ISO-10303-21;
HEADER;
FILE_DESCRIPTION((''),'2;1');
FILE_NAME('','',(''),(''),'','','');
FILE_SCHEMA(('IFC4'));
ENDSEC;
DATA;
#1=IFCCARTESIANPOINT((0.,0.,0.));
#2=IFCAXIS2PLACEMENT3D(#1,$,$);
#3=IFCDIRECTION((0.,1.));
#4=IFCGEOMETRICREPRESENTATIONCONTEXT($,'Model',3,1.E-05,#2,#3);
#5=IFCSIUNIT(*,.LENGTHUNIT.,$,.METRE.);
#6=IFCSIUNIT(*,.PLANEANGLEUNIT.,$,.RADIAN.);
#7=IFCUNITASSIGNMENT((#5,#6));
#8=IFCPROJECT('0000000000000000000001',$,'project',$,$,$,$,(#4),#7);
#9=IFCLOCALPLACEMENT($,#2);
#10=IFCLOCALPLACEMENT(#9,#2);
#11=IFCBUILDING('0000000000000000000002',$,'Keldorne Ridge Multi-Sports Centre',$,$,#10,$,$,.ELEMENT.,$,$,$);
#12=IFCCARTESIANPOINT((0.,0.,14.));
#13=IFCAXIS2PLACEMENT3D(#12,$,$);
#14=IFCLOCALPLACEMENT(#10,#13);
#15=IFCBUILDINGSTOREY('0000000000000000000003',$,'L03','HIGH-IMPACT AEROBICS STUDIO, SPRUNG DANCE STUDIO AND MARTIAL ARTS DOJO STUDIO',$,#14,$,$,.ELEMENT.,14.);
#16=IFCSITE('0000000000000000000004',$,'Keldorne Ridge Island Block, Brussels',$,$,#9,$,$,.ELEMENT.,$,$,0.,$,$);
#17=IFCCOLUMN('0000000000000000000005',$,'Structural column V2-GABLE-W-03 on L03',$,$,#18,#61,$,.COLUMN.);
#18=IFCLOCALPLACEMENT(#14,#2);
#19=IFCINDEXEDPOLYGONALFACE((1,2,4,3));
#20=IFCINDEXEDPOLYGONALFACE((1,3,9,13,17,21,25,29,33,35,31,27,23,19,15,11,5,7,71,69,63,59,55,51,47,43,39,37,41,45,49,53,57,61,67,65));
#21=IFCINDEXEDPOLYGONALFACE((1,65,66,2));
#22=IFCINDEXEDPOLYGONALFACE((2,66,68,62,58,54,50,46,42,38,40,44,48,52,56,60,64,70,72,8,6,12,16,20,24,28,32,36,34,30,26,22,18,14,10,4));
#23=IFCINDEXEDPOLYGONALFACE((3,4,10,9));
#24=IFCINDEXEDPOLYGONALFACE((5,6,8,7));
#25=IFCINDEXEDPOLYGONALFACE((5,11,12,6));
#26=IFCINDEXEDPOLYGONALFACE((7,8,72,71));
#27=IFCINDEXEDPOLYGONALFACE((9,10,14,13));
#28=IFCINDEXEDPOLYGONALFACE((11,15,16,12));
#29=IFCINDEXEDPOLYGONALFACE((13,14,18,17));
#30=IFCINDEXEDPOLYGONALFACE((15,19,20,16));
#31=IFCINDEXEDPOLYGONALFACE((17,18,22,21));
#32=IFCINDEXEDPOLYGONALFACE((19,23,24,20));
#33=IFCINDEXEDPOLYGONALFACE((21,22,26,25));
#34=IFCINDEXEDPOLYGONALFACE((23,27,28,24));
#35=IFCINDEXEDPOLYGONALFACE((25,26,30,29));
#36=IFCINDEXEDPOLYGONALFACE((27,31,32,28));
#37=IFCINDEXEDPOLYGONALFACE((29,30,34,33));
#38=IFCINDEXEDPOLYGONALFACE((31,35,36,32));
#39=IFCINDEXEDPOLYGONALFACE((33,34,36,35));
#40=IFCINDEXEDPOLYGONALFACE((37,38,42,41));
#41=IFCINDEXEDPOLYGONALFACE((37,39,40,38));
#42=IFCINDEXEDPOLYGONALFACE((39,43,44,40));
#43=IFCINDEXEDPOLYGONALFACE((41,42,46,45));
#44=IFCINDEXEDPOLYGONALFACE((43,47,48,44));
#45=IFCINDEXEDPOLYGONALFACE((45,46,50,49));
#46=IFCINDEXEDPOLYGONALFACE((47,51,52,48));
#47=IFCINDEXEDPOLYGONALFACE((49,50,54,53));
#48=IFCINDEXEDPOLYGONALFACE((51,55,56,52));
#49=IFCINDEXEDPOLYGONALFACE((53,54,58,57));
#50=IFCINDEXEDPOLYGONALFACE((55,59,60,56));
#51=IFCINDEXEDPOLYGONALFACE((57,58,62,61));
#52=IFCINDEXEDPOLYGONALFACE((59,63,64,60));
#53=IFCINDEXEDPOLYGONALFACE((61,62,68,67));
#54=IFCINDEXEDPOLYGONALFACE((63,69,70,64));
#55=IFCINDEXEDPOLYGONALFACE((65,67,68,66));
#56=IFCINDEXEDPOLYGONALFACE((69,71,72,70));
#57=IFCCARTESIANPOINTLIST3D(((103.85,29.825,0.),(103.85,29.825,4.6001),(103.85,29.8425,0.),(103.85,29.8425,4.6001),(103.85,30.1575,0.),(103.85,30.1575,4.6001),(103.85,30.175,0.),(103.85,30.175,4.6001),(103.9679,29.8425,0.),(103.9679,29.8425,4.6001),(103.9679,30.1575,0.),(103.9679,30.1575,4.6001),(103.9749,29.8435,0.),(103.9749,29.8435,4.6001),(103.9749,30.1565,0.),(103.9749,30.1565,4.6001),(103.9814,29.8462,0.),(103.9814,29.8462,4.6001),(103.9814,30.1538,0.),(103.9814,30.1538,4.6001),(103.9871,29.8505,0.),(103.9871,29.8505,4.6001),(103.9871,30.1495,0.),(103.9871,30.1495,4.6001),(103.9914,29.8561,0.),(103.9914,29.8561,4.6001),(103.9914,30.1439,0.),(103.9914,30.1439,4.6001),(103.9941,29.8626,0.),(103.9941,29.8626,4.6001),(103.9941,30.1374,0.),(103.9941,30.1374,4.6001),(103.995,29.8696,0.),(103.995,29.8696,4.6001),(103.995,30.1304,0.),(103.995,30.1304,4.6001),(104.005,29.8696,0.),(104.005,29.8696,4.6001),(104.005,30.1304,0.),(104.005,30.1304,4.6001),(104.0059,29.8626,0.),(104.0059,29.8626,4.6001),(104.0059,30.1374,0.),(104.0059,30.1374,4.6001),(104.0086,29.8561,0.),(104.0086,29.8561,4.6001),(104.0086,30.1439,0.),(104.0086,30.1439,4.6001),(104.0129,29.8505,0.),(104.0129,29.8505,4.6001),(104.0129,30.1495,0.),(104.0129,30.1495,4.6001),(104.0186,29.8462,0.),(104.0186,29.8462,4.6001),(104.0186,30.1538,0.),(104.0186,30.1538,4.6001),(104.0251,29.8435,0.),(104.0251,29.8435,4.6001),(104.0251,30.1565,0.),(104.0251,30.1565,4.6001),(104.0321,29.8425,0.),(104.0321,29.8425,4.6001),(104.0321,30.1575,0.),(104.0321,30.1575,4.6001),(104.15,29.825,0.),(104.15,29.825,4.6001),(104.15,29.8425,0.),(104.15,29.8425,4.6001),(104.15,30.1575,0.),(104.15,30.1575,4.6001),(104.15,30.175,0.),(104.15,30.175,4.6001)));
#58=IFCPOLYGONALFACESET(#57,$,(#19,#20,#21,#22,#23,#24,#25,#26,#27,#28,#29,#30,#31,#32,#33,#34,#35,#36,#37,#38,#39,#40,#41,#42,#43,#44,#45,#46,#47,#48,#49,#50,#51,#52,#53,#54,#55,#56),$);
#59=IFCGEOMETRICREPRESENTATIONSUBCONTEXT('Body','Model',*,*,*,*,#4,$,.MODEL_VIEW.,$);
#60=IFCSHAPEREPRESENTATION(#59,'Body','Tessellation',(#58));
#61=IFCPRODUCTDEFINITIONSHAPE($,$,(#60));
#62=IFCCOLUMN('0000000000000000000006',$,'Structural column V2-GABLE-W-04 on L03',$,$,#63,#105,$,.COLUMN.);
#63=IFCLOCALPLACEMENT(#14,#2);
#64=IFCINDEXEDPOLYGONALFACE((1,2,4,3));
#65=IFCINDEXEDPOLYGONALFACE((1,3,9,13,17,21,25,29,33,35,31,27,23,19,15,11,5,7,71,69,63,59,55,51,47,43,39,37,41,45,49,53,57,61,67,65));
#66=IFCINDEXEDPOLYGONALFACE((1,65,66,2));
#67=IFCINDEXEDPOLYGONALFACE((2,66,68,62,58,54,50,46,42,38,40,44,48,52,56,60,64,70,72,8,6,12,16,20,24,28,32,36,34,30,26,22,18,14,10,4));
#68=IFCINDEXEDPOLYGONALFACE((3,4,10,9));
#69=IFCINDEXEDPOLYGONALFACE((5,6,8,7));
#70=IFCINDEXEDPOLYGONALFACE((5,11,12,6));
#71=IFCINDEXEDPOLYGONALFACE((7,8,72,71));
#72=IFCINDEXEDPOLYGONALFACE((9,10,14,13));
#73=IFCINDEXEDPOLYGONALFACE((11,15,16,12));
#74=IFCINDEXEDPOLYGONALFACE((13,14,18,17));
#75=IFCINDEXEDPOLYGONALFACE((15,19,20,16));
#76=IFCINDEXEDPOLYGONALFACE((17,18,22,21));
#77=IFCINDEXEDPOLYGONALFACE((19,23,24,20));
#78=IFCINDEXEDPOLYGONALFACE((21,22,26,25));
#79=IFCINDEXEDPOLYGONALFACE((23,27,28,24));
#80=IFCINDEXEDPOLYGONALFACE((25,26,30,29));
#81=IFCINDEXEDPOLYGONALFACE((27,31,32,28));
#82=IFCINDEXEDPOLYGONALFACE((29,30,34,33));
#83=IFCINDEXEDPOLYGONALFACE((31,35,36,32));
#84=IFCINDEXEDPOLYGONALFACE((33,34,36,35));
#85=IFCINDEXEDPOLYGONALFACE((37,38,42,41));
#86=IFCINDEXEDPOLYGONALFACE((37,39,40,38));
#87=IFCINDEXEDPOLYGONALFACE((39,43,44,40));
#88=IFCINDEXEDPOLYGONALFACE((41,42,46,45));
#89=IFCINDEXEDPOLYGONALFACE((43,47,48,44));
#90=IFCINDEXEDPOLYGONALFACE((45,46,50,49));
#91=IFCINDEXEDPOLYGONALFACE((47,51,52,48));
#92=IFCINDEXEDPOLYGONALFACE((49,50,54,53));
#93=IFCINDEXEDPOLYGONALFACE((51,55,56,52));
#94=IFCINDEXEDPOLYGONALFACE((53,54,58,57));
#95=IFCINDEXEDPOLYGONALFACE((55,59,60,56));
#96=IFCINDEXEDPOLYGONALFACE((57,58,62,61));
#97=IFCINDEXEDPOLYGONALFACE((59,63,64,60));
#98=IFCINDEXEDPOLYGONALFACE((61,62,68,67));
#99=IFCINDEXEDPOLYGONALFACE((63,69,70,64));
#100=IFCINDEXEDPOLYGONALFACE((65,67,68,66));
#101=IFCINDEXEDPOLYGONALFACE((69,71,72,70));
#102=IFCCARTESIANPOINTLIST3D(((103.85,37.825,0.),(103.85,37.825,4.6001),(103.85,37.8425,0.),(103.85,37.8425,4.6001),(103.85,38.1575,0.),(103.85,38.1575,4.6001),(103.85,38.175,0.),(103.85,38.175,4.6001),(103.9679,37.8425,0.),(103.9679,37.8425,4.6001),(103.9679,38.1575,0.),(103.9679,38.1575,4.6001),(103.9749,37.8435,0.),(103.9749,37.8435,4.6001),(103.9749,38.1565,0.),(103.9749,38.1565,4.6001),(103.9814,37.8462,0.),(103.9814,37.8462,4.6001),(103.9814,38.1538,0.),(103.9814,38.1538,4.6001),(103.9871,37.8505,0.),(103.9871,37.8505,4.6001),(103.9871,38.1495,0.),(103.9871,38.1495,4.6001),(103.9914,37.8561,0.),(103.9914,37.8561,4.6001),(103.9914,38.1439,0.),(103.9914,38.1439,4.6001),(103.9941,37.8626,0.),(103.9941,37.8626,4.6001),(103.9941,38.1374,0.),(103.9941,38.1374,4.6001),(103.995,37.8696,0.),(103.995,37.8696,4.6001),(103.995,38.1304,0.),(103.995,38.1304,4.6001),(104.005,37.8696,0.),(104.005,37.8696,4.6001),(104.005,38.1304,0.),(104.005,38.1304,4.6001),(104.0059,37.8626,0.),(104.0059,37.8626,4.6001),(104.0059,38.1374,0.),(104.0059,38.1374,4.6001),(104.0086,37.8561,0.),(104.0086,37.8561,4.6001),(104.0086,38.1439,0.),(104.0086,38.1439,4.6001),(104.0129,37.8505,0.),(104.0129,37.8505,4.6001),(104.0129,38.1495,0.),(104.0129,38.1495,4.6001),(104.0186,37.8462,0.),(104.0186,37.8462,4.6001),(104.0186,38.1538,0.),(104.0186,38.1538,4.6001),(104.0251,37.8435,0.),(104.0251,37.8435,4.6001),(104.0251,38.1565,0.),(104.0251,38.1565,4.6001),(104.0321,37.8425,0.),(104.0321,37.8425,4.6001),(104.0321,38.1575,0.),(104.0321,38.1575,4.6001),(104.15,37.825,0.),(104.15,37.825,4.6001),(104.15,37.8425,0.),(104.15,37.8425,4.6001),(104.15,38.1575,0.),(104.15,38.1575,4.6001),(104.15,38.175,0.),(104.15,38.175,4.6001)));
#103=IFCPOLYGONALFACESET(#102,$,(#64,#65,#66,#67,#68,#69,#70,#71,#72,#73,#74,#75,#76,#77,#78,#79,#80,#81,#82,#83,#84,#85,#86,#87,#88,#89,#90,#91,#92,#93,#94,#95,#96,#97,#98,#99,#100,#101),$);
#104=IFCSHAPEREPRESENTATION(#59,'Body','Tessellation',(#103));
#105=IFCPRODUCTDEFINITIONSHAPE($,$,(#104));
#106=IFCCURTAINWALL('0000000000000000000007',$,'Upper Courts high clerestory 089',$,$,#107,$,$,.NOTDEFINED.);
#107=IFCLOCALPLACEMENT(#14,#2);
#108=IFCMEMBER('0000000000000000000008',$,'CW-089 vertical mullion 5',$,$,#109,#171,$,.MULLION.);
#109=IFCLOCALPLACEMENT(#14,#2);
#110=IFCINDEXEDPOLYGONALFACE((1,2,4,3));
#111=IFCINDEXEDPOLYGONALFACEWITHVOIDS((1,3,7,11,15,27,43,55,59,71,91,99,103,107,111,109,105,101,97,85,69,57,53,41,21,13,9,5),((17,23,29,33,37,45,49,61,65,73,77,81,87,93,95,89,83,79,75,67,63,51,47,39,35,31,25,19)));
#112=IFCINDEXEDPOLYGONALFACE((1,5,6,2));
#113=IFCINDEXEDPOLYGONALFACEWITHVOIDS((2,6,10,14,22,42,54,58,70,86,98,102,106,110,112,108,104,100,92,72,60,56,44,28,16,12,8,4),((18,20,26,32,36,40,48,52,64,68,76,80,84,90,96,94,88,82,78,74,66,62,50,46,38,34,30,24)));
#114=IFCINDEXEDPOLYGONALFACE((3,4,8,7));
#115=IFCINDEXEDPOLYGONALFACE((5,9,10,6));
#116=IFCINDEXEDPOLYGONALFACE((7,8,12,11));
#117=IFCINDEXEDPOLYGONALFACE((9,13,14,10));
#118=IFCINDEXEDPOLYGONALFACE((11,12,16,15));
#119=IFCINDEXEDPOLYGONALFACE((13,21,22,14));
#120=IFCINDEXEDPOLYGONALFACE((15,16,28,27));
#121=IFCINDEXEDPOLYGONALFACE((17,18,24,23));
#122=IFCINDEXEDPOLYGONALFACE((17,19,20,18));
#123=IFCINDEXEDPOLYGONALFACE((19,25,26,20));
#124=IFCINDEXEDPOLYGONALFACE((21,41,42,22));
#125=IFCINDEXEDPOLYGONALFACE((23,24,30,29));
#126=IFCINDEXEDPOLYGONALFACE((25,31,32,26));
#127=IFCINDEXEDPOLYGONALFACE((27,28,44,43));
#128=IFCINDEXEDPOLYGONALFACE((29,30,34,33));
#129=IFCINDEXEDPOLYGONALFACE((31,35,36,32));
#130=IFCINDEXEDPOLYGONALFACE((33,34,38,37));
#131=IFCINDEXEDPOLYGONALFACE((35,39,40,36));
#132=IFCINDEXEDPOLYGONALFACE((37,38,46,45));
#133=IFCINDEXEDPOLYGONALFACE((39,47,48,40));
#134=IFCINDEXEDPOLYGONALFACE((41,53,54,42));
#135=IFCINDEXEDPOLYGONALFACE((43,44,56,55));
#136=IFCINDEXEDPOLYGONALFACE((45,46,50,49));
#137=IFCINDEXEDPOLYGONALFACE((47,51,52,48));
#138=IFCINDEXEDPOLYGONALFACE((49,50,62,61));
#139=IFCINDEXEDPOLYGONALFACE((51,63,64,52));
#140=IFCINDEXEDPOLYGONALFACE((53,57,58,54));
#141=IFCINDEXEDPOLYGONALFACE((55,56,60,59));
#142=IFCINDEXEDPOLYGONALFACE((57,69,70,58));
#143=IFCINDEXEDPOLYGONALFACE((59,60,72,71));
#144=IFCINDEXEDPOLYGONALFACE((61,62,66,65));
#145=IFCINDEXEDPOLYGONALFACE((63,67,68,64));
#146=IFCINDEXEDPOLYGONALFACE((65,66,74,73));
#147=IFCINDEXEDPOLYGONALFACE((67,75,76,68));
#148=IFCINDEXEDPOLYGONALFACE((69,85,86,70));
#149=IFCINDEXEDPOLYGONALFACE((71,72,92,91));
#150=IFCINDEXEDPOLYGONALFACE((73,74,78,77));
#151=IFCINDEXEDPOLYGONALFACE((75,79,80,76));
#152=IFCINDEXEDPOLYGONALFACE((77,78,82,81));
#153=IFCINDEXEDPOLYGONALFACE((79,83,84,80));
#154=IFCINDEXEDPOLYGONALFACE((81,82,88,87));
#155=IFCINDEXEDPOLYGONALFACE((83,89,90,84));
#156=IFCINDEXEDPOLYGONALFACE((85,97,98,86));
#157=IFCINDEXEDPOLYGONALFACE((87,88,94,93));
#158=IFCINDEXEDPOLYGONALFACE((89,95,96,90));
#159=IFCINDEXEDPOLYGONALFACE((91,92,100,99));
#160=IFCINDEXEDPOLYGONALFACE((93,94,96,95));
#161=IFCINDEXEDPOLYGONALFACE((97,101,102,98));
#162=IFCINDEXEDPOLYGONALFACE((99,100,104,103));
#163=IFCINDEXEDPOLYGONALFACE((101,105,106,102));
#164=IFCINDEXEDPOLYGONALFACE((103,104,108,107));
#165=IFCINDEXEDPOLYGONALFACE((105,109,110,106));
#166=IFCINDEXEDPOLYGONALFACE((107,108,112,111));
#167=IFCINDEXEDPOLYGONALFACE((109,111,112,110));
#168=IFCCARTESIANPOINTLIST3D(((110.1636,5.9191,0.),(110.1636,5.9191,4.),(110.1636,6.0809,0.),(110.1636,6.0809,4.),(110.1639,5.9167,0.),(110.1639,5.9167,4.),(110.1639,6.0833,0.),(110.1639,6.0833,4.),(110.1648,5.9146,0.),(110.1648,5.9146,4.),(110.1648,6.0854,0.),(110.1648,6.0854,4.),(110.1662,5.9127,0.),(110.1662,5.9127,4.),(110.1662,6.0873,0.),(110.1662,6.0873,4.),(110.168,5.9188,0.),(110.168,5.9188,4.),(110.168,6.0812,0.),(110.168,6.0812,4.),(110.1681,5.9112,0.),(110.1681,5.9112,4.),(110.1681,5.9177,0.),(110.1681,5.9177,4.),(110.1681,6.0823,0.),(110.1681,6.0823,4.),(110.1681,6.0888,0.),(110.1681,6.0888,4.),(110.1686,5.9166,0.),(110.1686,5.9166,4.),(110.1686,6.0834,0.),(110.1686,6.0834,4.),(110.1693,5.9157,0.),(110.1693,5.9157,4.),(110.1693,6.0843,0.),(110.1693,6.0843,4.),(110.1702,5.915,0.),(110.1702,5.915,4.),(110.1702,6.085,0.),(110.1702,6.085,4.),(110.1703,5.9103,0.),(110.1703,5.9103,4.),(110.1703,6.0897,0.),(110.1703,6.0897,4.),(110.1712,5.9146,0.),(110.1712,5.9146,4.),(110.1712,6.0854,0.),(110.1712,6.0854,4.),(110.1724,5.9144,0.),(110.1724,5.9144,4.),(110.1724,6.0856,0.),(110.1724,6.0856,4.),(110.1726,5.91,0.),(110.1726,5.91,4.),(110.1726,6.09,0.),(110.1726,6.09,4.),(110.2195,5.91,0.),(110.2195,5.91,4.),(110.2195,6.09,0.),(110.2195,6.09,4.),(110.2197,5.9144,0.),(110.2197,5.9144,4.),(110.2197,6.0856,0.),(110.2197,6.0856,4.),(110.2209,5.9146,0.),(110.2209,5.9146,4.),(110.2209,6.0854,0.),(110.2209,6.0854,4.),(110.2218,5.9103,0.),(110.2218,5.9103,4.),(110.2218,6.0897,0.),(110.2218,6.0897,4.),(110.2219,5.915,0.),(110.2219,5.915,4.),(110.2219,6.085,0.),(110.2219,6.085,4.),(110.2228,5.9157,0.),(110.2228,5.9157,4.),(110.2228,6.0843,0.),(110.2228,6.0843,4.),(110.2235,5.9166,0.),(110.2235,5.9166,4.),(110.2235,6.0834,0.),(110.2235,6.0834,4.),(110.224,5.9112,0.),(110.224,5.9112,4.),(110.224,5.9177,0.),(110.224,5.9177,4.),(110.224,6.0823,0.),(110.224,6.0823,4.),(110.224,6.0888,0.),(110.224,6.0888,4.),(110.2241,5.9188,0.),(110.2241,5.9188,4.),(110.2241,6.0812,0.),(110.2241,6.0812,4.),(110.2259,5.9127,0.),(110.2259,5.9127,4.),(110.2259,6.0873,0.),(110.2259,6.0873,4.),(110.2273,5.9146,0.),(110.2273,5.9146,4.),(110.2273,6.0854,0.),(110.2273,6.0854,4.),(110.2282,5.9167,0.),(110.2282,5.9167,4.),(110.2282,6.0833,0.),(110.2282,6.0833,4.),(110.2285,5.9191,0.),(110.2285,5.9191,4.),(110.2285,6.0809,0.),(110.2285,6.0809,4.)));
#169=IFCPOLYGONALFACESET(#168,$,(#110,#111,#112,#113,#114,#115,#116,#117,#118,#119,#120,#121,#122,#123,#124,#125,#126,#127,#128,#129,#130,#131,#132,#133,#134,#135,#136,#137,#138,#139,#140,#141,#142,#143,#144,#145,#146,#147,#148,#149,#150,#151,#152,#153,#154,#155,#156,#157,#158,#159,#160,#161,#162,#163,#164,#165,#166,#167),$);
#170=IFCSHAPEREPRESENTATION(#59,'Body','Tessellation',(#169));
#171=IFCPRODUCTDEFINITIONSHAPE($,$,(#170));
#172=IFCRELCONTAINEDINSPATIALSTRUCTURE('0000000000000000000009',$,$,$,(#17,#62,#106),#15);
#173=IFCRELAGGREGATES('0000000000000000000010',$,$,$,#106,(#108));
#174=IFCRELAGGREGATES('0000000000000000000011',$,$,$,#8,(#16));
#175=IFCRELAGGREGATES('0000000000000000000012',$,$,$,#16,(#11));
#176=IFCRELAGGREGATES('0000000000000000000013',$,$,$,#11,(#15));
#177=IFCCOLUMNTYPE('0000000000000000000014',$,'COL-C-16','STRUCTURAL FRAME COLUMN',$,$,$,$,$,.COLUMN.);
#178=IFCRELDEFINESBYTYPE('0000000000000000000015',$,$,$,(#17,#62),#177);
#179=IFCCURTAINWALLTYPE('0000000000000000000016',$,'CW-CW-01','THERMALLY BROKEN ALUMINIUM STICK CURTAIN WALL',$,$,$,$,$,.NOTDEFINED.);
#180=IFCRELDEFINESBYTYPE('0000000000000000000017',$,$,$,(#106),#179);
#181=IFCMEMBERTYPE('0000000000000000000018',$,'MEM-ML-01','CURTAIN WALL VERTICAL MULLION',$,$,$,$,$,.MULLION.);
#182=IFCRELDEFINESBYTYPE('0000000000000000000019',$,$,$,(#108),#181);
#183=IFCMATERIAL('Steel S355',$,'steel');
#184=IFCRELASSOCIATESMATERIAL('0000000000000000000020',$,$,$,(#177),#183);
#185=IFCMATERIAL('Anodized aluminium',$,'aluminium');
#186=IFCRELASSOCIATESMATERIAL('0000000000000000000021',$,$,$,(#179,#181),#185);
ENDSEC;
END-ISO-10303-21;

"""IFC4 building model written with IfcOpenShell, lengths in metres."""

from ifc_helpers import new_model, si_unit, direction, frame, origin, origin_2d, place, context, subcontext, project, spatial, hollow_rectangle, i_section, extrude, material, material_profile, profile_set, type_object, element, aggregate, save


model = new_model("IFC4")

# Units and contexts
model_context = context("Model", 3, precision=1e-05, world=origin(), true_north=direction((0.0, 1.0)))
body_context = subcontext(model_context, "Body", "Model", "MODEL_VIEW")
ifc_project = project(units=[si_unit("LENGTHUNIT", "METRE"), si_unit("PLANEANGLEUNIT", "RADIAN")], contexts=[model_context])

# Site, building, storey
site_placement = place(None, origin())
site = spatial("IfcSite", under=ifc_project, at=site_placement, Name="Keldorne Ridge Island Block, Brussels", CompositionType="ELEMENT", RefElevation=0.0)
building_placement = place(site_placement, origin())
building = spatial("IfcBuilding", under=site, at=building_placement, Name="Keldorne Ridge Multi-Sports Centre", CompositionType="ELEMENT")
storey_placement = place(building_placement, frame((0.0, 0.0, 14.0)))
storey = spatial("IfcBuildingStorey", under=building, at=storey_placement, Name="L03", Description="HIGH-IMPACT AEROBICS STUDIO, SPRUNG DANCE STUDIO AND MARTIAL ARTS DOJO STUDIO", CompositionType="ELEMENT", Elevation=14.0)

# Columns
ifc_material_1 = material(Name="Steel S355", Category="steel")
ifc_material_profile_1 = material_profile(ifc_material_1, i_section(OverallWidth=0.3, OverallDepth=0.3501, WebThickness=0.01, FlangeThickness=0.0176, FilletRadius=0.0271, at=origin_2d()), Name="HEA 360")
ifc_profile_set_1 = profile_set([ifc_material_profile_1], Name="Steel S355")
column_type = type_object("IfcColumnType", Name="COL-C-16", Description="STRUCTURAL FRAME COLUMN", PredefinedType="COLUMN", material=ifc_profile_set_1)
for number, where, z_axis, x_axis, name in (
    (1, (104.0, 30.0, 0.0), (0.0, 0.0, 1.0), (1.0, 0.0, 0.0), "Structural column V2-GABLE-W-03 on L03"),
    (2, (104.0, 38.0, 0.0), (0.0, 0.0, 1.0), (1.0, 0.0, 0.0), "Structural column V2-GABLE-W-04 on L03"),
):
    element("IfcColumn", number, at=place(storey_placement, frame(where, z_axis=z_axis, x_axis=x_axis)), inside=storey, type_object=column_type, Name=name, PredefinedType="COLUMN", context=body_context, shape_type="SweptSolid", body=[
        extrude(i_section(OverallWidth=0.3, OverallDepth=0.3501, WebThickness=0.01, FlangeThickness=0.0176, FilletRadius=0.0271, at=origin_2d()), origin(), (0.0, 0.0, 1.0), 4.6001),
    ])

# Curtain wall, member
ifc_material_2 = material(Name="Anodized aluminium", Category="aluminium")
curtain_wall_type = type_object("IfcCurtainWallType", Name="CW-CW-01", Description="THERMALLY BROKEN ALUMINIUM STICK CURTAIN WALL", PredefinedType="NOTDEFINED", material=ifc_material_2)
curtain_wall_placement = place(storey_placement, origin())
curtain_wall = element("IfcCurtainWall", 3, at=curtain_wall_placement, inside=storey, type_object=curtain_wall_type, Name="Upper Courts high clerestory 089", PredefinedType="NOTDEFINED")
ifc_material_profile_2 = material_profile(ifc_material_2, hollow_rectangle(XDim=0.0649, YDim=0.1799, WallThickness=0.0044, InnerFilletRadius=0.0044, OuterFilletRadius=0.009, at=origin_2d()), Name="ALU MULLION 180x65x4.5")
ifc_profile_set_2 = profile_set([ifc_material_profile_2], Name="Anodized aluminium")
member_type_1 = type_object("IfcMemberType", Name="MEM-ML-01", Description="CURTAIN WALL VERTICAL MULLION", PredefinedType="MULLION", material=ifc_profile_set_2)
member_1_placement = place(storey_placement, frame((110.196, 6.0, 0.0), z_axis=(0.0, 0.0, 1.0), x_axis=(1.0, 0.0, 0.0)))
member_1 = element("IfcMember", 4, at=member_1_placement, type_object=member_type_1, Name="CW-089 vertical mullion 5", PredefinedType="MULLION", context=body_context, shape_type="SweptSolid", body=[
    extrude(hollow_rectangle(XDim=0.0649, YDim=0.1799, WallThickness=0.0044, InnerFilletRadius=0.0044, OuterFilletRadius=0.009, at=origin_2d()), origin(), (0.0, 0.0, 1.0), 4.0),
])

aggregate(curtain_wall, [member_1])

save(model, "model.ifc")
